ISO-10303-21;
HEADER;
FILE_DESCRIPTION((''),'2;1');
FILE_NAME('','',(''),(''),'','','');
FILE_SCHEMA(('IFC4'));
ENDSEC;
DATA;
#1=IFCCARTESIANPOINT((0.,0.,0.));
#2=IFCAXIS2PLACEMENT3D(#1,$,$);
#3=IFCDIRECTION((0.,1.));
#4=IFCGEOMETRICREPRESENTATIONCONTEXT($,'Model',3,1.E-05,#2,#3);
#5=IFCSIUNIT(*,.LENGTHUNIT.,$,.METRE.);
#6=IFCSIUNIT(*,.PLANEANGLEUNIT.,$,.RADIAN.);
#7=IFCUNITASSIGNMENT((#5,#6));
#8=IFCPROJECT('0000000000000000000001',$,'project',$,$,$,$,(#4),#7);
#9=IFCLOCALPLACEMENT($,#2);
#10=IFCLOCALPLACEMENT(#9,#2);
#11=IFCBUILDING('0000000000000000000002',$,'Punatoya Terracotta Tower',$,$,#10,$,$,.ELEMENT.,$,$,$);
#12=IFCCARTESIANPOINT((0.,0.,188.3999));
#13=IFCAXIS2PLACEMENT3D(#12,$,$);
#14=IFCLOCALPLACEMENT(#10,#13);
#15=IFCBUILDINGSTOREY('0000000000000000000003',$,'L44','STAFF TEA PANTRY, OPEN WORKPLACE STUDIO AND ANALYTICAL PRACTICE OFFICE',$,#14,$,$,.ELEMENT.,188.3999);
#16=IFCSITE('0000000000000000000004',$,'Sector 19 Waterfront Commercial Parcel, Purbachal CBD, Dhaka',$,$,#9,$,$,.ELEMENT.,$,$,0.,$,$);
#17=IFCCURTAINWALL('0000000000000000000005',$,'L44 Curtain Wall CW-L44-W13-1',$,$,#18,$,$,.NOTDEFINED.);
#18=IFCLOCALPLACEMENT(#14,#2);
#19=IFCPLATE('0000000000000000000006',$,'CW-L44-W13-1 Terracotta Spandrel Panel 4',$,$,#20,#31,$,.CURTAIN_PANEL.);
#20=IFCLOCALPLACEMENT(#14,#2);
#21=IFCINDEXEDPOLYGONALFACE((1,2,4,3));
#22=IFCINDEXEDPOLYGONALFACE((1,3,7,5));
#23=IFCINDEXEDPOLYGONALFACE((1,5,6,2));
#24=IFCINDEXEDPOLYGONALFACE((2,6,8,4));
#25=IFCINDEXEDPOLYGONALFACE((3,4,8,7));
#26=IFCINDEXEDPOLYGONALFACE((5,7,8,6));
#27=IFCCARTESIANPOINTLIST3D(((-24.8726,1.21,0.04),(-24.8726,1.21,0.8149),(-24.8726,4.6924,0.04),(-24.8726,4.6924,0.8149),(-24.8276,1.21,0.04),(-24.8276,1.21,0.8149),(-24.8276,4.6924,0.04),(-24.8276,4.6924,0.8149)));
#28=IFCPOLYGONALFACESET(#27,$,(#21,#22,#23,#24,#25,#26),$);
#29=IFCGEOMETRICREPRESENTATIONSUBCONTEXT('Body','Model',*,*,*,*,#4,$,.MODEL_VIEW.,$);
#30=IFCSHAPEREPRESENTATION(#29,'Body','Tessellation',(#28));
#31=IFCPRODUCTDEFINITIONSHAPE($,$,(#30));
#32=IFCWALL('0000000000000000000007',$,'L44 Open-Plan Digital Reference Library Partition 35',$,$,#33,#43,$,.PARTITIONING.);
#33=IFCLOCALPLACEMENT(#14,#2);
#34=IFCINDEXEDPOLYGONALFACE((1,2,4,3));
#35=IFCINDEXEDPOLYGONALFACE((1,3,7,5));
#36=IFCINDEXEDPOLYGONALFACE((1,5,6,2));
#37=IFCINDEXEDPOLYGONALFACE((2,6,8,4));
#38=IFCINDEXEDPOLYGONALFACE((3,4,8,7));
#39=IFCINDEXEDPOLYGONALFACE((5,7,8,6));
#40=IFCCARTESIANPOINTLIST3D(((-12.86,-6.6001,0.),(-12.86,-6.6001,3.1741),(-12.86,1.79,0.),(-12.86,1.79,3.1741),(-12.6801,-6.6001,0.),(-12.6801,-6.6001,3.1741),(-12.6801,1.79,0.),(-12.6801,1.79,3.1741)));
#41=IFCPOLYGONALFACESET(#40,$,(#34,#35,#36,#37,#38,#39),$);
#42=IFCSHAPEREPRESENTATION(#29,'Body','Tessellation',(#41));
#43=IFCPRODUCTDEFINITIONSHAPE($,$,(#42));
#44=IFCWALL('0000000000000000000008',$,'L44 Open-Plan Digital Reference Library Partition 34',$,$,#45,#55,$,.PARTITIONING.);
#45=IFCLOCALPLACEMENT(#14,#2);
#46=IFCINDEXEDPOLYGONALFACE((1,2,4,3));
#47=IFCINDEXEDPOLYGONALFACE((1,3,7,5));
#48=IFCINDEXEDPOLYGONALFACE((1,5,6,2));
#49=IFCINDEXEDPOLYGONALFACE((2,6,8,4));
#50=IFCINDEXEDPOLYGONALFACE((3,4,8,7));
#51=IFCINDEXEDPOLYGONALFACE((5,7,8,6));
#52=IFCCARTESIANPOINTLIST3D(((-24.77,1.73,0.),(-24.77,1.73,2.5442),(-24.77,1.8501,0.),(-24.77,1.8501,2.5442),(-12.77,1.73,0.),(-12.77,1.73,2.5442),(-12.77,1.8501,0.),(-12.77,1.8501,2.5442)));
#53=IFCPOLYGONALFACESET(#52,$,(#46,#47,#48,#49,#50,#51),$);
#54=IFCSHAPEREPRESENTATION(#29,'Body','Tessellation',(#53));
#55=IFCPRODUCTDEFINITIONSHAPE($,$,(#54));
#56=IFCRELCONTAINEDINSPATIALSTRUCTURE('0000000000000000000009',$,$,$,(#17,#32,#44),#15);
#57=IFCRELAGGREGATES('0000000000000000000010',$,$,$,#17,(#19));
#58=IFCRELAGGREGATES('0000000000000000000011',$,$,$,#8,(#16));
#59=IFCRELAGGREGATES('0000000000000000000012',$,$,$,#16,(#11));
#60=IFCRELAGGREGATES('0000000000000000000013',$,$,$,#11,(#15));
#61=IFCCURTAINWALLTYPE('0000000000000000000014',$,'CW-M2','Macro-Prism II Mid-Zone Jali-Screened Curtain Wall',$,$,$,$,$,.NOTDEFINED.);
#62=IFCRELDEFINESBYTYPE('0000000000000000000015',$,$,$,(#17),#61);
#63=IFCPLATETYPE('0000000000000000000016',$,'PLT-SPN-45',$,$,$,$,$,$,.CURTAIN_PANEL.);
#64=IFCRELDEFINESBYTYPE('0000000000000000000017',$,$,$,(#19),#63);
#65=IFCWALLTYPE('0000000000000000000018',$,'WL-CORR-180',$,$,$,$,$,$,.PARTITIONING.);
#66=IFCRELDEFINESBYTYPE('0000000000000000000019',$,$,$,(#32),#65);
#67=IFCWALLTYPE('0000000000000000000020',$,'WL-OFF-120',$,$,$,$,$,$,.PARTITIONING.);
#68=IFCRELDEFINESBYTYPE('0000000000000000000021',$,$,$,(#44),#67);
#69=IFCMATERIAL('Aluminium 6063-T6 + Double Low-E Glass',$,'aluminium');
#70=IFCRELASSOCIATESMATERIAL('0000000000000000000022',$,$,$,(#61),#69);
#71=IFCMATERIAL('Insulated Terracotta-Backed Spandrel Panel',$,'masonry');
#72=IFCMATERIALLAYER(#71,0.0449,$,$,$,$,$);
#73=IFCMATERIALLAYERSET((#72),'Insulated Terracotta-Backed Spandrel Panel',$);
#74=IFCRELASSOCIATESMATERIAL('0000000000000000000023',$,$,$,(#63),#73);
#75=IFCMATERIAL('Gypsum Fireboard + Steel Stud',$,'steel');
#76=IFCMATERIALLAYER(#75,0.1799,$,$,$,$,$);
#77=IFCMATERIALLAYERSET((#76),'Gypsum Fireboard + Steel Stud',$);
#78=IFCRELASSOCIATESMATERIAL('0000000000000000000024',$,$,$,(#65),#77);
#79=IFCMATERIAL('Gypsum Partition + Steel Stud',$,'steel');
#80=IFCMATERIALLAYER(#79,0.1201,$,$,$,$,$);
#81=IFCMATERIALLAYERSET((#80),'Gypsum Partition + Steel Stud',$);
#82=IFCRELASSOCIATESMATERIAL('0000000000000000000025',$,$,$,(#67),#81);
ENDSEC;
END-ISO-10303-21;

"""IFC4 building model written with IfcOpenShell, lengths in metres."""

from ifc_helpers import new_model, si_unit, direction, frame, frame_2d, origin, origin_2d, place, context, subcontext, project, spatial, rectangle, extrude, material, layer, layer_set, type_object, element, aggregate, save


model = new_model("IFC4")

# Units and contexts
model_context = context("Model", 3, precision=1e-05, world=origin(), true_north=direction((0.0, 1.0)))
body_context = subcontext(model_context, "Body", "Model", "MODEL_VIEW")
ifc_project = project(units=[si_unit("LENGTHUNIT", "METRE"), si_unit("PLANEANGLEUNIT", "RADIAN")], contexts=[model_context])

# Site, building, storey
site_placement = place(None, origin())
site = spatial("IfcSite", under=ifc_project, at=site_placement, Name="Sector 19 Waterfront Commercial Parcel, Purbachal CBD, Dhaka", CompositionType="ELEMENT", RefElevation=0.0)
building_placement = place(site_placement, origin())
building = spatial("IfcBuilding", under=site, at=building_placement, Name="Punatoya Terracotta Tower", CompositionType="ELEMENT")
storey_placement = place(building_placement, frame((0.0, 0.0, 188.3999)))
storey = spatial("IfcBuildingStorey", under=building, at=storey_placement, Name="L44", Description="STAFF TEA PANTRY, OPEN WORKPLACE STUDIO AND ANALYTICAL PRACTICE OFFICE", CompositionType="ELEMENT", Elevation=188.3999)

# Curtain wall, plate
ifc_material_1 = material(Name="Aluminium 6063-T6 + Double Low-E Glass", Category="aluminium")
curtain_wall_type = type_object("IfcCurtainWallType", Name="CW-M2", Description="Macro-Prism II Mid-Zone Jali-Screened Curtain Wall", PredefinedType="NOTDEFINED", material=ifc_material_1)
curtain_wall_placement = place(storey_placement, origin())
curtain_wall = element("IfcCurtainWall", 1, at=curtain_wall_placement, inside=storey, type_object=curtain_wall_type, Name="L44 Curtain Wall CW-L44-W13-1", PredefinedType="NOTDEFINED")
ifc_material_2 = material(Name="Insulated Terracotta-Backed Spandrel Panel", Category="masonry")
ifc_layer_1 = layer(ifc_material_2, 0.0449)
ifc_layer_set_1 = layer_set([ifc_layer_1], Name="Insulated Terracotta-Backed Spandrel Panel")
plate_type_1 = type_object("IfcPlateType", Name="PLT-SPN-45", PredefinedType="CURTAIN_PANEL", material=ifc_layer_set_1)
plate_1_placement = place(storey_placement, frame((-24.8501, 2.9512, 0.04), z_axis=(0.0, 0.0, 1.0), x_axis=(0.0, -1.0, 0.0)))
plate_1 = element("IfcPlate", 2, at=plate_1_placement, type_object=plate_type_1, Name="CW-L44-W13-1 Terracotta Spandrel Panel 4", PredefinedType="CURTAIN_PANEL", context=body_context, shape_type="SweptSolid", body=[
    extrude(rectangle(XDim=3.4824, YDim=0.0449, at=origin_2d()), origin(), (0.0, 0.0, 1.0), 0.7749),
])
aggregate(curtain_wall, [plate_1])

# Walls
ifc_material_3 = material(Name="Gypsum Fireboard + Steel Stud", Category="steel")
ifc_layer_2 = layer(ifc_material_3, 0.1799)
ifc_layer_set_2 = layer_set([ifc_layer_2], Name="Gypsum Fireboard + Steel Stud")
wall_type_1 = type_object("IfcWallType", Name="WL-CORR-180", PredefinedType="PARTITIONING", material=ifc_layer_set_2)
wall_1_placement = place(storey_placement, frame((-12.77, 1.79, 0.0), z_axis=(0.0, 0.0, 1.0), x_axis=(0.0, -1.0, 0.0)))
element("IfcWall", 3, at=wall_1_placement, inside=storey, type_object=wall_type_1, Name="L44 Open-Plan Digital Reference Library Partition 35", PredefinedType="PARTITIONING", context=body_context, shape_type="SweptSolid", body=[
    extrude(rectangle(XDim=8.3901, YDim=0.1799, at=frame_2d((4.1951, 0.0))), origin(), (0.0, 0.0, 1.0), 3.1741),
])
ifc_material_4 = material(Name="Gypsum Partition + Steel Stud", Category="steel")
ifc_layer_3 = layer(ifc_material_4, 0.1201)
ifc_layer_set_3 = layer_set([ifc_layer_3], Name="Gypsum Partition + Steel Stud")
wall_type_2 = type_object("IfcWallType", Name="WL-OFF-120", PredefinedType="PARTITIONING", material=ifc_layer_set_3)
wall_2_placement = place(storey_placement, frame((-24.77, 1.79, 0.0), z_axis=(0.0, 0.0, 1.0), x_axis=(1.0, 0.0, 0.0)))
element("IfcWall", 4, at=wall_2_placement, inside=storey, type_object=wall_type_2, Name="L44 Open-Plan Digital Reference Library Partition 34", PredefinedType="PARTITIONING", context=body_context, shape_type="SweptSolid", body=[
    extrude(rectangle(XDim=12.0, YDim=0.1201, at=frame_2d((6.0, 0.0))), origin(), (0.0, 0.0, 1.0), 2.5442),
])

save(model, "model.ifc")
